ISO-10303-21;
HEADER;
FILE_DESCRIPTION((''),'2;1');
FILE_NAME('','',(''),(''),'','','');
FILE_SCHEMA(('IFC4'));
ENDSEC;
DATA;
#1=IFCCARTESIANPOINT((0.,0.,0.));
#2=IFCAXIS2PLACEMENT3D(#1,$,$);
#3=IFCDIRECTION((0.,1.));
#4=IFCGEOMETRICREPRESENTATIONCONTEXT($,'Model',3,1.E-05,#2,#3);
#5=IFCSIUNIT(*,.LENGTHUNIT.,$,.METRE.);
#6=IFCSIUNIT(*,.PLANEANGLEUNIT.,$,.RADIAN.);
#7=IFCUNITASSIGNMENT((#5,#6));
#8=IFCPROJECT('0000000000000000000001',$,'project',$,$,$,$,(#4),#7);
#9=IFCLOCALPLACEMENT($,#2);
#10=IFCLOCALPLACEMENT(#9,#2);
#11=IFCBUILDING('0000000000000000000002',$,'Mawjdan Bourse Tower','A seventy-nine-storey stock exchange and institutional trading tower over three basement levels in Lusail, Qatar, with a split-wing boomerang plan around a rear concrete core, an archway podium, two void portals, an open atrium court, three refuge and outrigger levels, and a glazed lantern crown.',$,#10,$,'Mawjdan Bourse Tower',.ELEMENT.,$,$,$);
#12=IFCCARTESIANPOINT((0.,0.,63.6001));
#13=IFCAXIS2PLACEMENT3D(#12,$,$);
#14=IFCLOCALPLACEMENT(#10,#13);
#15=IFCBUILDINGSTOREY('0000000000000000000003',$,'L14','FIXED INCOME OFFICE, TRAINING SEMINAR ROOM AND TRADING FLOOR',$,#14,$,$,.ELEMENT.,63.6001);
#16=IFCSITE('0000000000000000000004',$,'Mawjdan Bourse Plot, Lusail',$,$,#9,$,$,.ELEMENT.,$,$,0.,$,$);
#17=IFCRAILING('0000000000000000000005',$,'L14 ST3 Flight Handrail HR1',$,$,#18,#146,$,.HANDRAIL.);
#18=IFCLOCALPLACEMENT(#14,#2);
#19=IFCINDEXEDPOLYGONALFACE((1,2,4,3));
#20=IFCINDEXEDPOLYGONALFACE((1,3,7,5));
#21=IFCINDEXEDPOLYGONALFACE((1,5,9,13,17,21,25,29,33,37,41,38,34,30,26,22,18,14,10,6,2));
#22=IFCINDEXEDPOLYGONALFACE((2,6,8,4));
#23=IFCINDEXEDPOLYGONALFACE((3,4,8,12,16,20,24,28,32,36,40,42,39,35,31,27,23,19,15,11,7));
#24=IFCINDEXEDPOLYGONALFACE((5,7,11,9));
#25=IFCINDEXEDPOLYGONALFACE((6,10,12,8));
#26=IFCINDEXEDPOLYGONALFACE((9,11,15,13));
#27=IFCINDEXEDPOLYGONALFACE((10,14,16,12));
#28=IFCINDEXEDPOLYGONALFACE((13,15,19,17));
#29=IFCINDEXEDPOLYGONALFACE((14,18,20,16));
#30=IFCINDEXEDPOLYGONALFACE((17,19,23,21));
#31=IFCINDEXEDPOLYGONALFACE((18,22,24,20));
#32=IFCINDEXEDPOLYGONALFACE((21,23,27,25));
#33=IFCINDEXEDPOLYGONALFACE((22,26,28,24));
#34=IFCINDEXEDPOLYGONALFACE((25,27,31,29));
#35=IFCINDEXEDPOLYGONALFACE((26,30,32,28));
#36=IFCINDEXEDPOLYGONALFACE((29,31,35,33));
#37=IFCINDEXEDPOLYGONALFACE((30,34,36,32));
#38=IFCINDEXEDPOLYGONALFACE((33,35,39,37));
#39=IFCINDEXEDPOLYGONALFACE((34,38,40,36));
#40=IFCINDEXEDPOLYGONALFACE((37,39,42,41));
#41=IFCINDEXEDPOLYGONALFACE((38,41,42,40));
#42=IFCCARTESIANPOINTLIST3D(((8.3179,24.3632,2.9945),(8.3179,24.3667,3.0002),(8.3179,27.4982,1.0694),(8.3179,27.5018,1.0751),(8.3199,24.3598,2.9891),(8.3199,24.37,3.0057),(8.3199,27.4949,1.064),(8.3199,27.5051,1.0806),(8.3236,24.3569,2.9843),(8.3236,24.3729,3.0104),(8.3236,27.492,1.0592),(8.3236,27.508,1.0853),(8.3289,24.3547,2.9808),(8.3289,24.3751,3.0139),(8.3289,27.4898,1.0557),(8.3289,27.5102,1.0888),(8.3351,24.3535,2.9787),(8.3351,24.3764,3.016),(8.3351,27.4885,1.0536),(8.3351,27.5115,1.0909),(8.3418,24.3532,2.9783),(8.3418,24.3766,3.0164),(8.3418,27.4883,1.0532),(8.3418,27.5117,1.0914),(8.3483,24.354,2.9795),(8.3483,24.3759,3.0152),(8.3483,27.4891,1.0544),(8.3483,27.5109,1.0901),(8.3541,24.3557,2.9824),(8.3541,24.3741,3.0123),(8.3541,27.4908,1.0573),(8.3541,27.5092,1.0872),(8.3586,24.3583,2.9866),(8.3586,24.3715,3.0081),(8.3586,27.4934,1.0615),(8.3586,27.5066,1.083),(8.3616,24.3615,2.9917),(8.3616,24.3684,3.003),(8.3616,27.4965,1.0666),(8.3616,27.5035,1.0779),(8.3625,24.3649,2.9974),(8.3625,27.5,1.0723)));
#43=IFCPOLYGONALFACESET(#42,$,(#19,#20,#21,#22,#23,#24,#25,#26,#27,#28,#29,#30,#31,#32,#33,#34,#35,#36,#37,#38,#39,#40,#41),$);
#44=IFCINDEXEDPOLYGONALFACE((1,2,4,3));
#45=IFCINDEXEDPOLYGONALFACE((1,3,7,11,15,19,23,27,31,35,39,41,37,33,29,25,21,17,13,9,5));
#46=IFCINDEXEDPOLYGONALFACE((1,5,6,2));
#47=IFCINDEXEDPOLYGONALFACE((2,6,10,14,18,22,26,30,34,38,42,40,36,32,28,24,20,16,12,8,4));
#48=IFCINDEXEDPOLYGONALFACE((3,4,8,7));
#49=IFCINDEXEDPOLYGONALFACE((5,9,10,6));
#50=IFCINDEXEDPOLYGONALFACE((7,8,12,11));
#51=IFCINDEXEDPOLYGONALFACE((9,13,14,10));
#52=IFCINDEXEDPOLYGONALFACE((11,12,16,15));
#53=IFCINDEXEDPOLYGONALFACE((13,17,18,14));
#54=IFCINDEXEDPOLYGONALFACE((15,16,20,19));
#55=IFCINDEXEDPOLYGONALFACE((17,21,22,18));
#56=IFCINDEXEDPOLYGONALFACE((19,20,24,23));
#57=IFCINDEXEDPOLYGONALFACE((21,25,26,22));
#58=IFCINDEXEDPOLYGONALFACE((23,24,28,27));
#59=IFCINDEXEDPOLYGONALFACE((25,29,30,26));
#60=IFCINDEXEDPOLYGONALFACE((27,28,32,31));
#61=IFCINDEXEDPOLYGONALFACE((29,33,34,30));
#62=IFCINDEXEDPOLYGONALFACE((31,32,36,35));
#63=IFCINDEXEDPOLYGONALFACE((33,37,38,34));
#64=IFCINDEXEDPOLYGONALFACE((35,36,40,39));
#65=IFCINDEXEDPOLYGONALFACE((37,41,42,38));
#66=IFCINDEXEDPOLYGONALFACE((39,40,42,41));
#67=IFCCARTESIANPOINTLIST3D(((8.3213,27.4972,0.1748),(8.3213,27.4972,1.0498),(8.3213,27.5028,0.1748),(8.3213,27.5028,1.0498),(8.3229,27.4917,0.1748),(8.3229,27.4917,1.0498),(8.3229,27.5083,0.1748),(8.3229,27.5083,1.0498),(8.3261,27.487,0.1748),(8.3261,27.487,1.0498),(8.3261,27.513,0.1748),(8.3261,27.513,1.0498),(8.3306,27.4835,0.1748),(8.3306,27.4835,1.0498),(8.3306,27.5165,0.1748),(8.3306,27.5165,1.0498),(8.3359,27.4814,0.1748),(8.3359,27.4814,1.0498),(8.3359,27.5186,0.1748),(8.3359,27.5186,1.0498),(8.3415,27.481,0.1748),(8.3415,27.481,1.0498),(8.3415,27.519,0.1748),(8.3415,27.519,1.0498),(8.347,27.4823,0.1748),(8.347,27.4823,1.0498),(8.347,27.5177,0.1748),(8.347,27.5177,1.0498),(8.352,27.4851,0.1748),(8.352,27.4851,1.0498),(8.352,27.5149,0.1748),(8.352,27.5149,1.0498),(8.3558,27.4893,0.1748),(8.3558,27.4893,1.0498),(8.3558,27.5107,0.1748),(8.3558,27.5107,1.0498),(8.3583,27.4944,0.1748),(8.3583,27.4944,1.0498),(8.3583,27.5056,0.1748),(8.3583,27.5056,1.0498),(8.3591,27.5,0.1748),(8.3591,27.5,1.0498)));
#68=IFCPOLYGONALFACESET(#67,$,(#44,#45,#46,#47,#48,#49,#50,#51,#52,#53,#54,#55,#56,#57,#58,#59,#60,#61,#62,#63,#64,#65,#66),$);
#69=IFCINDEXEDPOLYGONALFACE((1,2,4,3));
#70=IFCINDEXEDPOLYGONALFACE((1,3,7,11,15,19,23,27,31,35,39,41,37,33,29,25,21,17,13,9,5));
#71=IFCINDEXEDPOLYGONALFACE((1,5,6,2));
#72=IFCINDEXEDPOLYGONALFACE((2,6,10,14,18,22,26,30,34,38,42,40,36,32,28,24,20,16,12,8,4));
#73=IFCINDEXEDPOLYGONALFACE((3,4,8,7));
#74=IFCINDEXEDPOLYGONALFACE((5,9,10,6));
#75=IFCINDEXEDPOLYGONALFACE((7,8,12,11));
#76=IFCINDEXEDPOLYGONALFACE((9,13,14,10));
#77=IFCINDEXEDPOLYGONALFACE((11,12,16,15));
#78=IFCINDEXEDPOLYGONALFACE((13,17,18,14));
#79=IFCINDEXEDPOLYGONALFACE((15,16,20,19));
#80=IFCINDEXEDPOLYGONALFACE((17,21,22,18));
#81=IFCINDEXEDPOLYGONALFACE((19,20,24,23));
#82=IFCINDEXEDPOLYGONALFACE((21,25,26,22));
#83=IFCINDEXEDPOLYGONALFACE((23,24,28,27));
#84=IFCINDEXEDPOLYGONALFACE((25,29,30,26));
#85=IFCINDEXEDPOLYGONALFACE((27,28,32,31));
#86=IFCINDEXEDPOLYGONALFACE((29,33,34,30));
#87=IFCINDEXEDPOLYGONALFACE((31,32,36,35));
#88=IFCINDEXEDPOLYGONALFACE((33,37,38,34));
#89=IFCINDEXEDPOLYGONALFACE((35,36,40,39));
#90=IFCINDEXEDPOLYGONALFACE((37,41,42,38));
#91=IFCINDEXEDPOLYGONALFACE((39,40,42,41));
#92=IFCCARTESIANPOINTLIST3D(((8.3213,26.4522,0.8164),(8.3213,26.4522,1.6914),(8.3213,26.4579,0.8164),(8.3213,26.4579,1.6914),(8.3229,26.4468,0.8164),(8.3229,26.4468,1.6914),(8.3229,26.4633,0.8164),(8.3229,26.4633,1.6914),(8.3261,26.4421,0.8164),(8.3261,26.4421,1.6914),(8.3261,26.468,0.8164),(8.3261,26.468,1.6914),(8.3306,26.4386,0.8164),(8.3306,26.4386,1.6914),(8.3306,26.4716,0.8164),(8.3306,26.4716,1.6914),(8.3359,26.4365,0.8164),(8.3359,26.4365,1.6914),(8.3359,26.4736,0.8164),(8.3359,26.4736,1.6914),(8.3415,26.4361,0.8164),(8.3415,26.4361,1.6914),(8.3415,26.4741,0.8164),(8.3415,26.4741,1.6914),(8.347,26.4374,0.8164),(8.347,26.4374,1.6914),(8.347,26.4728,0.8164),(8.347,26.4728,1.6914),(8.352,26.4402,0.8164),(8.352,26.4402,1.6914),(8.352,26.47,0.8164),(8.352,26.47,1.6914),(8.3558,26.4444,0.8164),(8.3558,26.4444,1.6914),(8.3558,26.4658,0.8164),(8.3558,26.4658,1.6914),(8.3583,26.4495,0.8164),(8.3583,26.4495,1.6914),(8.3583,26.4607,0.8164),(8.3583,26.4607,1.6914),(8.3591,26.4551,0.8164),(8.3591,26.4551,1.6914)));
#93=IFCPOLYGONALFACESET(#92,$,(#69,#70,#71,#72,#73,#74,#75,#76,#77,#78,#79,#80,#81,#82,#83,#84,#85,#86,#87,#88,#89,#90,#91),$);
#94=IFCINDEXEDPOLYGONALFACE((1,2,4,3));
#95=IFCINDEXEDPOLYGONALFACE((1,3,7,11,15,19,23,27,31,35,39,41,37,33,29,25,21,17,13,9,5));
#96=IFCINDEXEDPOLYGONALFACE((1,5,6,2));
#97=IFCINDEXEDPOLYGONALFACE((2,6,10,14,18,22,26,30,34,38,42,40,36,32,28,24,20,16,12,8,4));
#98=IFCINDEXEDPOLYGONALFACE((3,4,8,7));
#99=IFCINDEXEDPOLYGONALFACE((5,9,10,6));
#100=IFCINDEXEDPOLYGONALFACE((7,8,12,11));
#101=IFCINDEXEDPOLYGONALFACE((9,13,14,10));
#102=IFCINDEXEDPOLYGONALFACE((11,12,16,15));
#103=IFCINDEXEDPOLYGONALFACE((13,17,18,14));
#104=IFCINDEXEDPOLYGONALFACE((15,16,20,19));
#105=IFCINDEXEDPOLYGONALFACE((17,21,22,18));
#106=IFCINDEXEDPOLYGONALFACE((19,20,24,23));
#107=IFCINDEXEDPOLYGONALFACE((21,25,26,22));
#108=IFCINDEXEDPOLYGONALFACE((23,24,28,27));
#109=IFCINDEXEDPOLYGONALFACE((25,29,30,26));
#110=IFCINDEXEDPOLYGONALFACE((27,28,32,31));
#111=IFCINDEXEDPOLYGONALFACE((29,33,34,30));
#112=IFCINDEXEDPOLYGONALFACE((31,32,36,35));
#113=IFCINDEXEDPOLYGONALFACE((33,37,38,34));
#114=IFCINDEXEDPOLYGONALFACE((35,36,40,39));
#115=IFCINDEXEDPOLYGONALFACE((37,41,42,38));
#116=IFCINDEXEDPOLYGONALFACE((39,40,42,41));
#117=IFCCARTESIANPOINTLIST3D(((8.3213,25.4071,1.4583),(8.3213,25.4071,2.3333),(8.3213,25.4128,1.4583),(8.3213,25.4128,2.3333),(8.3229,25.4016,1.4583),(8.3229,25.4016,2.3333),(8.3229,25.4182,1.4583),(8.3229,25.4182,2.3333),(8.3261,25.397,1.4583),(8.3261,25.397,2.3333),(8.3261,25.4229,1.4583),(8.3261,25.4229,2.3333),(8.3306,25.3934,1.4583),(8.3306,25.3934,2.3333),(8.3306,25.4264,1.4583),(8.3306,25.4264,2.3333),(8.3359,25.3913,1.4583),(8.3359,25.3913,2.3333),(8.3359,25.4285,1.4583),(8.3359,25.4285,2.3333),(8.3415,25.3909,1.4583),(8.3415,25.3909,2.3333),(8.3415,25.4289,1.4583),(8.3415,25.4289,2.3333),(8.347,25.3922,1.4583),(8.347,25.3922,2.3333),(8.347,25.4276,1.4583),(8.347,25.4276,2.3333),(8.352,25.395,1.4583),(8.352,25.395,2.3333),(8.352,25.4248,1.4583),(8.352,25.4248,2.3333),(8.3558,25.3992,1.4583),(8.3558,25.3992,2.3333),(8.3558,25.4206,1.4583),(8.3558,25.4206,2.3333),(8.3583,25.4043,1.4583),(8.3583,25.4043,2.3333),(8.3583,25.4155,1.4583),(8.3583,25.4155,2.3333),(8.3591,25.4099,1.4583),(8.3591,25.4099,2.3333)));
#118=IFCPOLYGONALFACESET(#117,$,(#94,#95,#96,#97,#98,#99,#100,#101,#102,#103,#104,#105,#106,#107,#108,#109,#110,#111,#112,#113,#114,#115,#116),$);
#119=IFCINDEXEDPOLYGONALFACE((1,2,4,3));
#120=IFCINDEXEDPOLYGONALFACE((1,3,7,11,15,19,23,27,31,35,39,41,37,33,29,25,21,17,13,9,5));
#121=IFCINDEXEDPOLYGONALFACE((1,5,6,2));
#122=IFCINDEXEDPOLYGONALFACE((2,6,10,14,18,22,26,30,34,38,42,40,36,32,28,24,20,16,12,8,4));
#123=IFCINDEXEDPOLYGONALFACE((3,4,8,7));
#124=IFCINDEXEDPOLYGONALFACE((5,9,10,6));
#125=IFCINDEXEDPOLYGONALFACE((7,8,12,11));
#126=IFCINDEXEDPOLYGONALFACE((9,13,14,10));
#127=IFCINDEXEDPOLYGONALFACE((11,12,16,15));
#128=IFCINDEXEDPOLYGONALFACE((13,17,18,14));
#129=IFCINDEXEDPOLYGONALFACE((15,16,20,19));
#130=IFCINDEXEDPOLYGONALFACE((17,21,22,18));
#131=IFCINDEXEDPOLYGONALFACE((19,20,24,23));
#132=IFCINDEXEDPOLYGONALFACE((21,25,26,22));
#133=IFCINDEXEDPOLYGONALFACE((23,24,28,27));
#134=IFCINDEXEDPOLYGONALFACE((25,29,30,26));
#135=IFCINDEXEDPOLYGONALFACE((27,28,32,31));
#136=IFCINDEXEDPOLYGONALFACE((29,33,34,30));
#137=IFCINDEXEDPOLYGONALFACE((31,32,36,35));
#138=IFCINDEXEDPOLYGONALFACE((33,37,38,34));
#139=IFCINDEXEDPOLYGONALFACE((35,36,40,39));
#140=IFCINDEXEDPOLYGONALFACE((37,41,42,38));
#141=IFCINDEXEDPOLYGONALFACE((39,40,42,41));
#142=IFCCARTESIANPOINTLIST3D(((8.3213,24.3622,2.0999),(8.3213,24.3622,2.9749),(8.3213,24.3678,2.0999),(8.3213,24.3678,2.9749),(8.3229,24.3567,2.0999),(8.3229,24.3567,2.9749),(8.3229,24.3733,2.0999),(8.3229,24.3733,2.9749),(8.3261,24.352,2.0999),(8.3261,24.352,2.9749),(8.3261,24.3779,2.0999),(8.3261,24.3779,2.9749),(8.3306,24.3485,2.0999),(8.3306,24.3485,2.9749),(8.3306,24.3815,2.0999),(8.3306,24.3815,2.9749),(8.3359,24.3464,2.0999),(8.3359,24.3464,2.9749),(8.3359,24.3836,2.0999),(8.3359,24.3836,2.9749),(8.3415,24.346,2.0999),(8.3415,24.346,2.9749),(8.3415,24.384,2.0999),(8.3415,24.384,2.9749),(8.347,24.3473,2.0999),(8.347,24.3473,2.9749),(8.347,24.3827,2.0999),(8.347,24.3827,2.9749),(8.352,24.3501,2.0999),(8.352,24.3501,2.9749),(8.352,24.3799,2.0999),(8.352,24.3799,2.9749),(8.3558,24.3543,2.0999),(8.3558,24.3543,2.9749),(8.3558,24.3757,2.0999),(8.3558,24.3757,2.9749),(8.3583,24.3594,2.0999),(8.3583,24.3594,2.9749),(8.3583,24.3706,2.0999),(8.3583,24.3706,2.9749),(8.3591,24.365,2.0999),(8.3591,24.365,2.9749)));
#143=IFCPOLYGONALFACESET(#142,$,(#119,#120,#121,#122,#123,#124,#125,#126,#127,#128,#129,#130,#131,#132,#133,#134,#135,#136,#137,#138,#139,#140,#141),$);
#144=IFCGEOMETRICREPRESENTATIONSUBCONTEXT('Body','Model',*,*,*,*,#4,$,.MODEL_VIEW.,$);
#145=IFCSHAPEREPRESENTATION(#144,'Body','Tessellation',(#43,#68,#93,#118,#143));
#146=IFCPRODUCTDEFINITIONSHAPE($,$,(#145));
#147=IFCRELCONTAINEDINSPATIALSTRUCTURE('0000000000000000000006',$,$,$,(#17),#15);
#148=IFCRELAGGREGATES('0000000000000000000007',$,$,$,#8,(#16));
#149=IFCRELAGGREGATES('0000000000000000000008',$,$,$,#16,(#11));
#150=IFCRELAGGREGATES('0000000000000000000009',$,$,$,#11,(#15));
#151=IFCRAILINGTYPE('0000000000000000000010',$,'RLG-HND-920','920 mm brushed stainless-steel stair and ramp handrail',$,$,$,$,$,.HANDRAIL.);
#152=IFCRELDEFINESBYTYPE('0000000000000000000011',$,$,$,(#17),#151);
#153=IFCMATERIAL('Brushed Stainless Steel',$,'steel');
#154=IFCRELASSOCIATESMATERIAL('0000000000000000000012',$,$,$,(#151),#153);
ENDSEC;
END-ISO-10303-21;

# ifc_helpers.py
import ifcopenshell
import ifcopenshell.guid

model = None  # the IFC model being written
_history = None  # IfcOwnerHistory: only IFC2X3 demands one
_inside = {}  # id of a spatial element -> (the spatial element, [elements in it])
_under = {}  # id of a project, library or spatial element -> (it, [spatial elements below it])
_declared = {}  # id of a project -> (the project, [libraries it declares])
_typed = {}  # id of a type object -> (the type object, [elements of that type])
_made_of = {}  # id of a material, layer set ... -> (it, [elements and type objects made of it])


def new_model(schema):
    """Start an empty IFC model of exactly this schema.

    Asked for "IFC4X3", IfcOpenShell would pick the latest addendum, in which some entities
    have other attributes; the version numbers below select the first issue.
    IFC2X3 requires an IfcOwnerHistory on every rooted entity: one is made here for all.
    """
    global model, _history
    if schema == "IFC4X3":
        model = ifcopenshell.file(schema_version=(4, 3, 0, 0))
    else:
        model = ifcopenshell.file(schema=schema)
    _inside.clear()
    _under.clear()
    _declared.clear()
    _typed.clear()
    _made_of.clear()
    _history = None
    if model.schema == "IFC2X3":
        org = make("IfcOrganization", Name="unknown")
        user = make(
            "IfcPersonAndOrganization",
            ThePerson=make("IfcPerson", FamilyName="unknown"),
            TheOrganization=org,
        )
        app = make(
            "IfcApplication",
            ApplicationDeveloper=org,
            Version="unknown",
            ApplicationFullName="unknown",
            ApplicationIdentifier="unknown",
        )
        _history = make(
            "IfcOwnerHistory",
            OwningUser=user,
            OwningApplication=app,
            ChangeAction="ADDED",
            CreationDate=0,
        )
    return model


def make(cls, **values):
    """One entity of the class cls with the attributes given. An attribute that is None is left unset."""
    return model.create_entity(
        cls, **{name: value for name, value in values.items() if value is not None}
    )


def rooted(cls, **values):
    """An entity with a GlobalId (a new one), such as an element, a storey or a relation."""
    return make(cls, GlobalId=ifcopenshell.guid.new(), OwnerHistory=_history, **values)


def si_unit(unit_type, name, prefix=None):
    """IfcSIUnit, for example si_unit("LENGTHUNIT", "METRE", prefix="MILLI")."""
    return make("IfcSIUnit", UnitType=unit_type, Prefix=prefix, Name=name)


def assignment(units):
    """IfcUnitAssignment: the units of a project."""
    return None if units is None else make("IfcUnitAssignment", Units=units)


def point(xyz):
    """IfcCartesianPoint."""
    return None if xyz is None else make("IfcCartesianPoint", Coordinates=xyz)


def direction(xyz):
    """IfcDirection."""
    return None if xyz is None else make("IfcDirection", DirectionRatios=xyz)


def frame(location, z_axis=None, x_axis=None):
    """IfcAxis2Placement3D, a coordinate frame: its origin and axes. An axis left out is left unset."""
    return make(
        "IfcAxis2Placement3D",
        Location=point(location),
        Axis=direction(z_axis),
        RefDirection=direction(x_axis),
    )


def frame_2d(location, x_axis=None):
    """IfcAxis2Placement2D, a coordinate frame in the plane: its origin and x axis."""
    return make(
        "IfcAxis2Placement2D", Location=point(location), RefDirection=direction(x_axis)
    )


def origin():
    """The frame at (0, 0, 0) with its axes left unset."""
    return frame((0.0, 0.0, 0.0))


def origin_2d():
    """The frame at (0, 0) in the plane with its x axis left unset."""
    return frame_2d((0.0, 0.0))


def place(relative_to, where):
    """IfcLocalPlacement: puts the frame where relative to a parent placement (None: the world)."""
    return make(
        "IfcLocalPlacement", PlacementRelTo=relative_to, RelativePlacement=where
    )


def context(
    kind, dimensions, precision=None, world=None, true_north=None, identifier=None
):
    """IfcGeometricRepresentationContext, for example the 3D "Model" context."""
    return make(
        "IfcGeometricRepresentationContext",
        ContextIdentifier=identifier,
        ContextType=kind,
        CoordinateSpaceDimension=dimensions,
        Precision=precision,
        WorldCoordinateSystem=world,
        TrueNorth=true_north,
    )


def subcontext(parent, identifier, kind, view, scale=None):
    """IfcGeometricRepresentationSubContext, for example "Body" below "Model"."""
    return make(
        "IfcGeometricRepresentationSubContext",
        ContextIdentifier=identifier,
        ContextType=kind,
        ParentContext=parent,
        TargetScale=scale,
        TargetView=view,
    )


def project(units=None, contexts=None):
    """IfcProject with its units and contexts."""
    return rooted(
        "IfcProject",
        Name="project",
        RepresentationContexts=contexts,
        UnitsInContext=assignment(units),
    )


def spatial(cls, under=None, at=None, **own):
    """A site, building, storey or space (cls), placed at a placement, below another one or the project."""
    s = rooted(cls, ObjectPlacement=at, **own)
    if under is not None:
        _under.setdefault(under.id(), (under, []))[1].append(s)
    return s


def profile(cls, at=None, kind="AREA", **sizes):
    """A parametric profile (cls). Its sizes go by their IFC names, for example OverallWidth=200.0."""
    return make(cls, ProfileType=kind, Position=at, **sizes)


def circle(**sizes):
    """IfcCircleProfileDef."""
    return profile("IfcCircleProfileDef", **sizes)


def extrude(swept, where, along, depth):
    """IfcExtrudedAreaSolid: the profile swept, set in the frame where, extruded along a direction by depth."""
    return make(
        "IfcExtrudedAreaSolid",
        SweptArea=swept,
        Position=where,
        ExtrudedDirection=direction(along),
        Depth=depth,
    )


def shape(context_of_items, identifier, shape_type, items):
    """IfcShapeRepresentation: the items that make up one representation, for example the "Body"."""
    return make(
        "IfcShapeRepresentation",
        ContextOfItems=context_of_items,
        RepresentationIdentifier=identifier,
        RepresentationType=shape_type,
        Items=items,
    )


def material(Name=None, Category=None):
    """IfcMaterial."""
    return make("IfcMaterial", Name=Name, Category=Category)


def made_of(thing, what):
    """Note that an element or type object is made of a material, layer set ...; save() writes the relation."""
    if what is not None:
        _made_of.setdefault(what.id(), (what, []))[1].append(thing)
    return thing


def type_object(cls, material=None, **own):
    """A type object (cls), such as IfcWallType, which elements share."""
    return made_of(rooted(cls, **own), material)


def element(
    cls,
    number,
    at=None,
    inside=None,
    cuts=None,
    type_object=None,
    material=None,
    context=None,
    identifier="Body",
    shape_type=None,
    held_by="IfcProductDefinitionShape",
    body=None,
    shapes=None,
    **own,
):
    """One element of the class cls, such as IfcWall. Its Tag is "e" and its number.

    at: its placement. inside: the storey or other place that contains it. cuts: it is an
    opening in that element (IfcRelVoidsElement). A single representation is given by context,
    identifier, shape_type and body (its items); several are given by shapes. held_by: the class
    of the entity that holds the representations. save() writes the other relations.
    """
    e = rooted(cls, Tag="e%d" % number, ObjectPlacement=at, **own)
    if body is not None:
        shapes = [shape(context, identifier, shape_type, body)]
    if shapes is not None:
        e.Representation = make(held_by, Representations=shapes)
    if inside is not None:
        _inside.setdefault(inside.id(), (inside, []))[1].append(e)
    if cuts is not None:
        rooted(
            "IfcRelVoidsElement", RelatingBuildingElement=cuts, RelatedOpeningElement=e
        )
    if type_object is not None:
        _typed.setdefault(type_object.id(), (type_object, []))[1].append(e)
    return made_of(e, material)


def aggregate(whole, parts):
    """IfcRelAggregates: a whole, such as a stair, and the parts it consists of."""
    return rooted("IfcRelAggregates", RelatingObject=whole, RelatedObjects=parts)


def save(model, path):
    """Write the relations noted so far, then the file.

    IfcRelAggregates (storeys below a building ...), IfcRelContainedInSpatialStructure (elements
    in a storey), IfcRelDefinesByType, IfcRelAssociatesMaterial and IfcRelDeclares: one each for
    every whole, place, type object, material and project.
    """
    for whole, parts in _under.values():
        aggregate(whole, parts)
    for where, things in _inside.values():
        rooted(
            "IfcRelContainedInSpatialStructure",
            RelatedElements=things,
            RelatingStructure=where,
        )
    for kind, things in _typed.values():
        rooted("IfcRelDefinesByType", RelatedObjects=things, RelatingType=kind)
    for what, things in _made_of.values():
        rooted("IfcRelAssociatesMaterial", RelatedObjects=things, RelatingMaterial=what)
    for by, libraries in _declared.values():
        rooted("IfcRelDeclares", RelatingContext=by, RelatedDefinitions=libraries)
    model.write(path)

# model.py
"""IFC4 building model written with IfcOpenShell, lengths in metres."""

from ifc_helpers import new_model, si_unit, direction, frame, origin, origin_2d, place, context, subcontext, project, spatial, circle, extrude, material, type_object, element, save


model = new_model("IFC4")

# Units and contexts
model_context = context("Model", 3, precision=1e-05, world=origin(), true_north=direction((0.0, 1.0)))
body_context = subcontext(model_context, "Body", "Model", "MODEL_VIEW")
ifc_project = project(units=[si_unit("LENGTHUNIT", "METRE"), si_unit("PLANEANGLEUNIT", "RADIAN")], contexts=[model_context])

# Site, building, storey
site_placement = place(None, origin())
site = spatial("IfcSite", under=ifc_project, at=site_placement, Name="Mawjdan Bourse Plot, Lusail", CompositionType="ELEMENT", RefElevation=0.0)
building_placement = place(site_placement, origin())
building = spatial("IfcBuilding", under=site, at=building_placement, Name="Mawjdan Bourse Tower", Description="A seventy-nine-storey stock exchange and institutional trading tower over three basement levels in Lusail, Qatar, with a split-wing boomerang plan around a rear concrete core, an archway podium, two void portals, an open atrium court, three refuge and outrigger levels, and a glazed lantern crown.", LongName="Mawjdan Bourse Tower", CompositionType="ELEMENT")
storey_placement = place(building_placement, frame((0.0, 0.0, 63.6001)))
storey = spatial("IfcBuildingStorey", under=building, at=storey_placement, Name="L14", Description="FIXED INCOME OFFICE, TRAINING SEMINAR ROOM AND TRADING FLOOR", CompositionType="ELEMENT", Elevation=63.6001)

# Railing
ifc_material_1 = material(Name="Brushed Stainless Steel", Category="steel")
railing_type_1 = type_object("IfcRailingType", Name="RLG-HND-920", Description="920 mm brushed stainless-steel stair and ramp handrail", PredefinedType="HANDRAIL", material=ifc_material_1)
railing_1_placement = place(storey_placement, frame((8.3401, 27.5, 0.1748)))
element("IfcRailing", 1, at=railing_1_placement, inside=storey, type_object=railing_type_1, Name="L14 ST3 Flight Handrail HR1", PredefinedType="HANDRAIL", context=body_context, shape_type="SweptSolid", body=[
    extrude(circle(Radius=0.0225, at=origin_2d()), frame((0.0, 0.0, 0.8975), z_axis=(0.0, -0.852166, 0.523271), x_axis=(1.0, 0.0, 0.0)), (0.0, 0.0, 1.0), 3.679),
    extrude(circle(Radius=0.019, at=origin_2d()), origin(), (0.0, 0.0, 1.0), 0.875),
    extrude(circle(Radius=0.019, at=origin_2d()), frame((0.0, -1.0449, 0.6416)), (0.0, 0.0, 1.0), 0.875),
    extrude(circle(Radius=0.019, at=origin_2d()), frame((0.0, -2.0901, 1.2834)), (0.0, 0.0, 1.0), 0.875),
    extrude(circle(Radius=0.019, at=origin_2d()), frame((0.0, -3.135, 1.925)), (0.0, 0.0, 1.0), 0.875),
])

save(model, "model.ifc")
